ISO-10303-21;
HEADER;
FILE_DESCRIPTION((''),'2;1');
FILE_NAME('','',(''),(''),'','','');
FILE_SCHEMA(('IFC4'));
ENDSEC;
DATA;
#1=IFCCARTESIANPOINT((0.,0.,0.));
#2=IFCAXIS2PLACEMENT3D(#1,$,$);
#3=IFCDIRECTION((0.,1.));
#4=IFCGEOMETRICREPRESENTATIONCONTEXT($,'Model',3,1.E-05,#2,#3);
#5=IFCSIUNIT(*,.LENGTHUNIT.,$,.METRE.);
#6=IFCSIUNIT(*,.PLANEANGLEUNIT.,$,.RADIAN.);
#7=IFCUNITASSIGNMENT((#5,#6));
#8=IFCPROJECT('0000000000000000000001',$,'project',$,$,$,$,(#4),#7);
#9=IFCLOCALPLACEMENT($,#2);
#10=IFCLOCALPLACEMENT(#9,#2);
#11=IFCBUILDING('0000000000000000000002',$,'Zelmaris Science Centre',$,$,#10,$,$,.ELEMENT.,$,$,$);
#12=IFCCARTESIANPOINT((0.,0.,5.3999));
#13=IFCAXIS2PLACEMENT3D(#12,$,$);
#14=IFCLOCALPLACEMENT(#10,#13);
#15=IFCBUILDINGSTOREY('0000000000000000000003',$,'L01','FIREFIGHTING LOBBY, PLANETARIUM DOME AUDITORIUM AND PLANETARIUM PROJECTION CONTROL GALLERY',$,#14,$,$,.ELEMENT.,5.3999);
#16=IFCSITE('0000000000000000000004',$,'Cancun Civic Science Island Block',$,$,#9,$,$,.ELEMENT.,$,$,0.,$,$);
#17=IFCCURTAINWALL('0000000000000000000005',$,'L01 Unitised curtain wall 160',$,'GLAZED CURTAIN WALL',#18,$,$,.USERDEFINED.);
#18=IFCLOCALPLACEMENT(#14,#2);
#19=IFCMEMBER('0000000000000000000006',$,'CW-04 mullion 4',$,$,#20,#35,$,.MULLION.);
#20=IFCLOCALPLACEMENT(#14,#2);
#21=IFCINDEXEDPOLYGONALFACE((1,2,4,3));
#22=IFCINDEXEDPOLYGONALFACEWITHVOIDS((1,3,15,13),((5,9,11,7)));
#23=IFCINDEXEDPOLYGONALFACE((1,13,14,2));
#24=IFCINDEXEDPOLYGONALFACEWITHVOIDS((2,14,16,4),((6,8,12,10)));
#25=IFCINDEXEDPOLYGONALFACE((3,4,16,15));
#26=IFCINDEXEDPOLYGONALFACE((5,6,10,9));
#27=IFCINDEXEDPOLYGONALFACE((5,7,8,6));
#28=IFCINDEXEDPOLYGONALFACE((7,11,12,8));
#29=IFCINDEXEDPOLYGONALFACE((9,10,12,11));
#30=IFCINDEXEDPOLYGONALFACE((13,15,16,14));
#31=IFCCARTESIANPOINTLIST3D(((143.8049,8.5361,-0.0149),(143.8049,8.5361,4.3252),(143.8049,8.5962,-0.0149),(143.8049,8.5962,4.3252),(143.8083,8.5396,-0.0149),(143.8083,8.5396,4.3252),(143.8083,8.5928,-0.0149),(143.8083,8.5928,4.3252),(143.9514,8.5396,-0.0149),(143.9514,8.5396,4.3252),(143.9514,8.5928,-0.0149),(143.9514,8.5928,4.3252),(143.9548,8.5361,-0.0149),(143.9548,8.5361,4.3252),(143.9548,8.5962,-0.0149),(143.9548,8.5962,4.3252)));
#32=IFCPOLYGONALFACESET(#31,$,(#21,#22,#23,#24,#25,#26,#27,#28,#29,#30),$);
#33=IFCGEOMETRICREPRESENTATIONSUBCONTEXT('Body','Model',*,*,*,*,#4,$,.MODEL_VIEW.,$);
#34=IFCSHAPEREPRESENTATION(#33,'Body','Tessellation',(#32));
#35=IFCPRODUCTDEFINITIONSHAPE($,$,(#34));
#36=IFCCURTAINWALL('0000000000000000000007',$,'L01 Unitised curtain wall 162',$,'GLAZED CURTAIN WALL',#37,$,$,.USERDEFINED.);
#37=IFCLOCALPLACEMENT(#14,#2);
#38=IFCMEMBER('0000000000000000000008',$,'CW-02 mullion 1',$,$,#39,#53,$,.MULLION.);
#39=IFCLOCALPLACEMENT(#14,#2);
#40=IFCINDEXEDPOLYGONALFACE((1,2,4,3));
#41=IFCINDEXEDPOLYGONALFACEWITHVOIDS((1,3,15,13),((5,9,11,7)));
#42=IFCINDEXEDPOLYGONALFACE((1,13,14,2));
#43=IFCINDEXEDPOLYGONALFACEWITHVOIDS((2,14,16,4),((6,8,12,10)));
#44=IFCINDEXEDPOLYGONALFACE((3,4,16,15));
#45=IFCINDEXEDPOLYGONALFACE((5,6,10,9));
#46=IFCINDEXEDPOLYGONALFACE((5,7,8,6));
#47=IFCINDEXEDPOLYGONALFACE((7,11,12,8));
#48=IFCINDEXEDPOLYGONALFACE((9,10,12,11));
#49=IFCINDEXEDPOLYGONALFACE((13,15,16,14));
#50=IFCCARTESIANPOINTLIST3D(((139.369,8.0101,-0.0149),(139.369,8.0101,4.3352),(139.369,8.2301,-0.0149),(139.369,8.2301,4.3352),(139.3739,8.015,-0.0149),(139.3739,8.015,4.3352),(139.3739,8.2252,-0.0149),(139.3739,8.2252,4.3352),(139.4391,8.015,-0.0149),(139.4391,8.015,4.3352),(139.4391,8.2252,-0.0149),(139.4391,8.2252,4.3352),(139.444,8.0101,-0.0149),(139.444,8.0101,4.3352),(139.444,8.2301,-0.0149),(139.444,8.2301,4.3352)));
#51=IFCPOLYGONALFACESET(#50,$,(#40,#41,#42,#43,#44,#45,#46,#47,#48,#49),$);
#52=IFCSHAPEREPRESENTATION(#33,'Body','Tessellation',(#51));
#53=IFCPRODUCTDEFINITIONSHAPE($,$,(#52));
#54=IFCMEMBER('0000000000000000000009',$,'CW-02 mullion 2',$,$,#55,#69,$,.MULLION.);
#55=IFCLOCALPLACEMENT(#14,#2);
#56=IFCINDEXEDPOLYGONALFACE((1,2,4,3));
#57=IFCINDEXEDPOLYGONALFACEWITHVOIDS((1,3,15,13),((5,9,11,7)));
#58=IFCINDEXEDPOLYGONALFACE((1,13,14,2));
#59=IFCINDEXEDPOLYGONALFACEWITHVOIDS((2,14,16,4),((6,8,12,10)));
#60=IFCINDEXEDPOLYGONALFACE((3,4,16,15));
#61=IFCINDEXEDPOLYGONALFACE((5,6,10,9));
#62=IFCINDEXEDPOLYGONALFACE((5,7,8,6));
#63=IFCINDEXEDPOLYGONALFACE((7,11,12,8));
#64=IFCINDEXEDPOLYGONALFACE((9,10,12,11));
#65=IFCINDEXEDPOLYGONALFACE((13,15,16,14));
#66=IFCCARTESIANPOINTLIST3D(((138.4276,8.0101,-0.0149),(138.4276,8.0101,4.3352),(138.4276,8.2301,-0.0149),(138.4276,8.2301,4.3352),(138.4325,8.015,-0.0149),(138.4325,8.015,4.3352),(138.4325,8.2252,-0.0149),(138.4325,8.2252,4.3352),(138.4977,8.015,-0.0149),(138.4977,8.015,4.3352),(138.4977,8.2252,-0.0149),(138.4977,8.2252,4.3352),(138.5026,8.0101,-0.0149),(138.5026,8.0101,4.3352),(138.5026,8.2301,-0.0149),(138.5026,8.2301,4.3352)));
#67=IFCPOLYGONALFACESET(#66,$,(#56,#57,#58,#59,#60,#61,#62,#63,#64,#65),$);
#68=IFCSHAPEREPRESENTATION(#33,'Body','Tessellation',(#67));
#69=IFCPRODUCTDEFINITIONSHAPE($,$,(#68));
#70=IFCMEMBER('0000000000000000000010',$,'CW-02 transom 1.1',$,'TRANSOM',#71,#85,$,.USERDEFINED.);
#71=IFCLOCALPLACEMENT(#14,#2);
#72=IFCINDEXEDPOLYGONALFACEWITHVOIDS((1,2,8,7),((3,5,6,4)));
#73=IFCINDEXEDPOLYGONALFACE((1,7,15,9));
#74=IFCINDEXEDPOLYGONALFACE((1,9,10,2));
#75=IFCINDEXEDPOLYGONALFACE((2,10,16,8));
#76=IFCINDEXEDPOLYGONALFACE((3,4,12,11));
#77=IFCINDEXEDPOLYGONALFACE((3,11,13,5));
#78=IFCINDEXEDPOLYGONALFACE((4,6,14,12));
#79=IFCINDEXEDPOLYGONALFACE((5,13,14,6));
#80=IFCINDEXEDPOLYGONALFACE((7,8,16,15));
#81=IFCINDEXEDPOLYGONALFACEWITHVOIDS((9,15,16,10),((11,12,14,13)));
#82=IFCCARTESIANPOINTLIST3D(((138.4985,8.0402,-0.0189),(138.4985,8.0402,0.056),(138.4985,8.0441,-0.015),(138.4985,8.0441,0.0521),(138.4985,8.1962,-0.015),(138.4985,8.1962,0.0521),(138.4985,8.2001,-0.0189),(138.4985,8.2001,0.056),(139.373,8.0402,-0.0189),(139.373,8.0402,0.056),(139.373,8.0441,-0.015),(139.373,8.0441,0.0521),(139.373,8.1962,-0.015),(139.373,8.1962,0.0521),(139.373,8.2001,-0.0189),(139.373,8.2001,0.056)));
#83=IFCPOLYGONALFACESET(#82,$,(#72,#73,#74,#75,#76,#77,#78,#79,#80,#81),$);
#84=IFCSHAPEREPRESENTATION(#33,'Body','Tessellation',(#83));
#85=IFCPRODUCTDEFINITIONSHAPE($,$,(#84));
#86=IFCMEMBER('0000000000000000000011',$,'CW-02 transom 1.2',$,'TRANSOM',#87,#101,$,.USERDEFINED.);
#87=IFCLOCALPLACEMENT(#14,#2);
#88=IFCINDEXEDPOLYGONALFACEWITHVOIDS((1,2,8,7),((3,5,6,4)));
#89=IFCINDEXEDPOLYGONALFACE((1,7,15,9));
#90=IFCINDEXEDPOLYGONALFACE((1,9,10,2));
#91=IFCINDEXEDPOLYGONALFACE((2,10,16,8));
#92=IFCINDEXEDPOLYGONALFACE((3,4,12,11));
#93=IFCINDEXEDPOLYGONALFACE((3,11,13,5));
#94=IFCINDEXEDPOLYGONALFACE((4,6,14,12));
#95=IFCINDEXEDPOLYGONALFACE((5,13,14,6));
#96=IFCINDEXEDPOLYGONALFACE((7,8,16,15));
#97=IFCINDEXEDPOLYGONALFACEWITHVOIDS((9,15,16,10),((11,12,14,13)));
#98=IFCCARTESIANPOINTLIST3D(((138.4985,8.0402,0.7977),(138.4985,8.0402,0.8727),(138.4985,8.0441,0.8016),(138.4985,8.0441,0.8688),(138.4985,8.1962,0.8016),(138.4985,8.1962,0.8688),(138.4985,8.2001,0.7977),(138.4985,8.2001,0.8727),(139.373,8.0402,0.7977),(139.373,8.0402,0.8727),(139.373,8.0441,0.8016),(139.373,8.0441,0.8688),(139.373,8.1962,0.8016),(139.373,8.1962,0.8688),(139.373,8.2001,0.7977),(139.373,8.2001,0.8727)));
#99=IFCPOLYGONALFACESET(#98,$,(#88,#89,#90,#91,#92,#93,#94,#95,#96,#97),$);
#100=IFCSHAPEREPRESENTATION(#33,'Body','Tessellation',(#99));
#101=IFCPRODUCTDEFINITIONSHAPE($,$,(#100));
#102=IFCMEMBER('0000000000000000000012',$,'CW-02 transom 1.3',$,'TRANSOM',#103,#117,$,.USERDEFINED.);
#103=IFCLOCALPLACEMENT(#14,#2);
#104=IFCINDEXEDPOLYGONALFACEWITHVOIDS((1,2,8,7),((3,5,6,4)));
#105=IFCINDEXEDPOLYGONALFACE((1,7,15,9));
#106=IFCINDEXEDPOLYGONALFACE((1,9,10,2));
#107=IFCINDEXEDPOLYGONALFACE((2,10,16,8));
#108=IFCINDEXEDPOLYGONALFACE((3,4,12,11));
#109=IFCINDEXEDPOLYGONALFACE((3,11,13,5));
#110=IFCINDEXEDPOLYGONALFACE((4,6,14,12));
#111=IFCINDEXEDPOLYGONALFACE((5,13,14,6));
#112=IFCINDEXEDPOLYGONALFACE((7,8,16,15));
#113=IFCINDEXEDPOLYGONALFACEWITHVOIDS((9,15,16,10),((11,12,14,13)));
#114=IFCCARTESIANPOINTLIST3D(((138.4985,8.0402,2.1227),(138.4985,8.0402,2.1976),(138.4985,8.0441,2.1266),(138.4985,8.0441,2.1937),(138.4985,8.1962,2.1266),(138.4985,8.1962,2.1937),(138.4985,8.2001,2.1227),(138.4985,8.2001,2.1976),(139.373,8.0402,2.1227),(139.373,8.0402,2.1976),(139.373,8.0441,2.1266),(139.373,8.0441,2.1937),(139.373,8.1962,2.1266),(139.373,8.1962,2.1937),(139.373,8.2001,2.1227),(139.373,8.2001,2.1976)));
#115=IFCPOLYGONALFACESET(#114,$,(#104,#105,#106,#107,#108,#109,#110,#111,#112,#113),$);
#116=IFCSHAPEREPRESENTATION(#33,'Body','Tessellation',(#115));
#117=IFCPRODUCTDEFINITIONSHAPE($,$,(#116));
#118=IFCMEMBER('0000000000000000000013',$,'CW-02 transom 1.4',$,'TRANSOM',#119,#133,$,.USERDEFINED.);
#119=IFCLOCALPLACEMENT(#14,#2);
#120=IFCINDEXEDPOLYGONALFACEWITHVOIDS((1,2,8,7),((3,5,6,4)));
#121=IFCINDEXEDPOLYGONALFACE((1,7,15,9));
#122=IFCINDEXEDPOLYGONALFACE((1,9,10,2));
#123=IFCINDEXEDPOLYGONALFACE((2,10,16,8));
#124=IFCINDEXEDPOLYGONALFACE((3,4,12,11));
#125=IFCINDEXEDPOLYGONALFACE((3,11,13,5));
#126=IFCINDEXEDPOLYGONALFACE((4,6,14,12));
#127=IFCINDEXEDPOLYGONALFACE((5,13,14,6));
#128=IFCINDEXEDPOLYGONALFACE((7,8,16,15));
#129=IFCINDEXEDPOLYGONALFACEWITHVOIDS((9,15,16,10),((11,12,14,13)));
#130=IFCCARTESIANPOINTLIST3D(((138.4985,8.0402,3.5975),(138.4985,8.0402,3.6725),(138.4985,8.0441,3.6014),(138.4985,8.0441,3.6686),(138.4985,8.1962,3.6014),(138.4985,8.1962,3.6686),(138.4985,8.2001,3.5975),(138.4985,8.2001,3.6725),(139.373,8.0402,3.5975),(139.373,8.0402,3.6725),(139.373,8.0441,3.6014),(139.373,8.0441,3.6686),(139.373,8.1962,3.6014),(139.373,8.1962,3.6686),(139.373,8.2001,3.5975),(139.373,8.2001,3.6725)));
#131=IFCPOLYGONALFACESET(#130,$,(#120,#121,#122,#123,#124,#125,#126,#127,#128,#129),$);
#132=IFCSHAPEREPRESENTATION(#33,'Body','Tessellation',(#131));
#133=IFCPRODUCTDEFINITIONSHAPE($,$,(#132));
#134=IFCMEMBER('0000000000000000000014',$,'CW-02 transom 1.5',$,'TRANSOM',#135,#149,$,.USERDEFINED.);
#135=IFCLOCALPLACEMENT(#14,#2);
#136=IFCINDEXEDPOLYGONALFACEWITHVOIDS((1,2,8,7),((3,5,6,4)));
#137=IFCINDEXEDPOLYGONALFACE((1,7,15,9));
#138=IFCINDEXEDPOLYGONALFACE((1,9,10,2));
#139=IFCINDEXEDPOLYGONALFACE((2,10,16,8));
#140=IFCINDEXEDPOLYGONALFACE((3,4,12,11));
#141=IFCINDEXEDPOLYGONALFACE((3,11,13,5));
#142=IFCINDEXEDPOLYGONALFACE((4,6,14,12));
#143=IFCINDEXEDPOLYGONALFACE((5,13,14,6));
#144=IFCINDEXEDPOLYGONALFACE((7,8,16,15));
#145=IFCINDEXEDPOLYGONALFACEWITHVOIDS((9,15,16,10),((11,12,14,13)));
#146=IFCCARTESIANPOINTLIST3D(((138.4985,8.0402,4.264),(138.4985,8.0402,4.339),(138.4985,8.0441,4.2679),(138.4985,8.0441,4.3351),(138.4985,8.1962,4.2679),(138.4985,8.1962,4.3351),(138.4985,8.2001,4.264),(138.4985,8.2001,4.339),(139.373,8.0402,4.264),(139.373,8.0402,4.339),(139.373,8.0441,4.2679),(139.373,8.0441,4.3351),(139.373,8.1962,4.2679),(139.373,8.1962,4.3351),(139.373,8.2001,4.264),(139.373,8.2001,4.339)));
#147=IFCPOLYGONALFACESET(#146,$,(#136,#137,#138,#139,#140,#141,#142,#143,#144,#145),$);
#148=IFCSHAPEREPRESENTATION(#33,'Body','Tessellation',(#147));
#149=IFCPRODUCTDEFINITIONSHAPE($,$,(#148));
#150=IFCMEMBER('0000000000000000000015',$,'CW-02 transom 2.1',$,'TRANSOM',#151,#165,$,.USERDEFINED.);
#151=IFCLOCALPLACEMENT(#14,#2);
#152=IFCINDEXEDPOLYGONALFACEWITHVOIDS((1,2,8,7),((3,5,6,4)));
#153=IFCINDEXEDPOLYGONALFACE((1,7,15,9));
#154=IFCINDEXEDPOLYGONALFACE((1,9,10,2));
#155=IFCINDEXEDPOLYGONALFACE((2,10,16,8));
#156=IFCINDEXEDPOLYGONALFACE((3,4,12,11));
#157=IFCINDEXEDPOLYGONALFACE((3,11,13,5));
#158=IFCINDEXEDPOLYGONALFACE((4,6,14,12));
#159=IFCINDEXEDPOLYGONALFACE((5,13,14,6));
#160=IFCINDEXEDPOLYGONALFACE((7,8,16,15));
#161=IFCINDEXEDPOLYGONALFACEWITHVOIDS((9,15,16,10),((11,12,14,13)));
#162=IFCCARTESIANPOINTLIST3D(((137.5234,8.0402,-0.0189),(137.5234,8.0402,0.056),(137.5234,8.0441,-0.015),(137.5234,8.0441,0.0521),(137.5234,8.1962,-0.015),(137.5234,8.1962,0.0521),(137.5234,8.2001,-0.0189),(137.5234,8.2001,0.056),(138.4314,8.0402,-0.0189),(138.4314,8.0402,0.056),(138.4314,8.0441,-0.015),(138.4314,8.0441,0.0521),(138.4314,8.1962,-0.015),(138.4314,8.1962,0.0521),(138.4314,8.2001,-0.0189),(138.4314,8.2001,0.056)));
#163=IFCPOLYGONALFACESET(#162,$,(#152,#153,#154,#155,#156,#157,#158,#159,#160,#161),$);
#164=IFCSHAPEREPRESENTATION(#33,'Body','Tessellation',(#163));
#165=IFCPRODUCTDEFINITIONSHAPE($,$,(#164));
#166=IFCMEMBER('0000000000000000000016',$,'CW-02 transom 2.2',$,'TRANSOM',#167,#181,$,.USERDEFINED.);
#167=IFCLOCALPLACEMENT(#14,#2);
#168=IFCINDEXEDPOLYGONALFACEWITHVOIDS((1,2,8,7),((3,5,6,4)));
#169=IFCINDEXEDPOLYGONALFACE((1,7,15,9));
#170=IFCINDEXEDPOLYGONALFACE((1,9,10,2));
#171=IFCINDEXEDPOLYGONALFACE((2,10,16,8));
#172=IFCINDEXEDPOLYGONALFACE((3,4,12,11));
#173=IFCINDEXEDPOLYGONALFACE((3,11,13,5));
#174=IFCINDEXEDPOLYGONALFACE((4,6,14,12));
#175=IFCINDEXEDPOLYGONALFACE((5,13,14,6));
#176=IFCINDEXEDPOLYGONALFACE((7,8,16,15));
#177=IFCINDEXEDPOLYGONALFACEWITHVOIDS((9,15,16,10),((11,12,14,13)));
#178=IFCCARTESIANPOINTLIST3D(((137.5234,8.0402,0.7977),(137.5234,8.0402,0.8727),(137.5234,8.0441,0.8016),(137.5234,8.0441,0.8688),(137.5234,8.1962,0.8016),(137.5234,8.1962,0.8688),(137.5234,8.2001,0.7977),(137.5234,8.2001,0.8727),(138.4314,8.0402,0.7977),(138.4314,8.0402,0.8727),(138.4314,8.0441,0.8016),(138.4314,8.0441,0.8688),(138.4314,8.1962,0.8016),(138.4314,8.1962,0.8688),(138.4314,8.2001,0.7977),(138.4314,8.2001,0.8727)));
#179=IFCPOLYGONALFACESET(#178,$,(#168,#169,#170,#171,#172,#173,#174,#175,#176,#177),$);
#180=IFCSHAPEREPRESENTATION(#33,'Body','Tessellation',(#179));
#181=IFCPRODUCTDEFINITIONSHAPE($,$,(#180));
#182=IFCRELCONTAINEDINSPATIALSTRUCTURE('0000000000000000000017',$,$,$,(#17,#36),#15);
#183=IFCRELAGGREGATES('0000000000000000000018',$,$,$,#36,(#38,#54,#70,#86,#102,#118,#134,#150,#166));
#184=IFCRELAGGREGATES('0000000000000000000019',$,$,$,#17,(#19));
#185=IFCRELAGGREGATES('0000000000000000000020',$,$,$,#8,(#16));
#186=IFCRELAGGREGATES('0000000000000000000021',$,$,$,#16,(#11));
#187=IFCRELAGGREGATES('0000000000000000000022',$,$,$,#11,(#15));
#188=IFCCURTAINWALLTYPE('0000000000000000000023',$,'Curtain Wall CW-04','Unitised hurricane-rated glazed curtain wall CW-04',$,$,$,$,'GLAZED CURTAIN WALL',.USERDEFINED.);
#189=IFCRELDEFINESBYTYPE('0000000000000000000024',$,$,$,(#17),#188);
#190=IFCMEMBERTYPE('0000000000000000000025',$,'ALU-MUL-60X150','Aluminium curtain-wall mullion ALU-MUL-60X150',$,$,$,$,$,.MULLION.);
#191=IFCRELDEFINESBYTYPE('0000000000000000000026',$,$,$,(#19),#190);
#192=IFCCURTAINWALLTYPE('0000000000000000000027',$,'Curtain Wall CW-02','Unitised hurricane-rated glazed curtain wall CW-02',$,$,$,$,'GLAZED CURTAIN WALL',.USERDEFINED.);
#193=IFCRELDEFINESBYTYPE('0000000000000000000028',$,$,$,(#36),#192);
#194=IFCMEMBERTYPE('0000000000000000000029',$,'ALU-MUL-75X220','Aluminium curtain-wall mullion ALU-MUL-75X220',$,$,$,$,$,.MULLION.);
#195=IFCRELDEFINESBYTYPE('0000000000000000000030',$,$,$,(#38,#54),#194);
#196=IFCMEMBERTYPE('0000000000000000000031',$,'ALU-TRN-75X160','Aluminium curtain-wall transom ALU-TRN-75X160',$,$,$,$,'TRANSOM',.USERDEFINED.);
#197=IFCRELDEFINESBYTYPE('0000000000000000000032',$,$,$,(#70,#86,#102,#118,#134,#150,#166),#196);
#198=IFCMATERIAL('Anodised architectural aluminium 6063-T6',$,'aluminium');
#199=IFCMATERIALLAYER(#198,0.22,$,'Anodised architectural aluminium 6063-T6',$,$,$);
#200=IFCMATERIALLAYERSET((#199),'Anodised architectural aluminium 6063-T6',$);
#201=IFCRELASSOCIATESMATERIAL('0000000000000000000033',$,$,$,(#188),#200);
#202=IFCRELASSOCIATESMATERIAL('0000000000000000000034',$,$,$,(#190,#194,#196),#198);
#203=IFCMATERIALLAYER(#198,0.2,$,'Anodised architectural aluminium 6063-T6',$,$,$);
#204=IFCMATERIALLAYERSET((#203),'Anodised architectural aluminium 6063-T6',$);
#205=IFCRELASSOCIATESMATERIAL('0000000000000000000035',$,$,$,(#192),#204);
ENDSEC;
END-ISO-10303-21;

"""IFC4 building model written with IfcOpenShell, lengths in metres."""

from ifc_helpers import new_model, si_unit, direction, frame, origin, origin_2d, place, context, subcontext, project, spatial, hollow_rectangle, extrude, material, layer, layer_set, material_profile, profile_set, type_object, element, aggregate, save


model = new_model("IFC4")

# Units and contexts
model_context = context("Model", 3, precision=1e-05, world=origin(), true_north=direction((0.0, 1.0)))
body_context = subcontext(model_context, "Body", "Model", "MODEL_VIEW")
ifc_project = project(units=[si_unit("LENGTHUNIT", "METRE"), si_unit("PLANEANGLEUNIT", "RADIAN")], contexts=[model_context])

# Site, building, storey
site_placement = place(None, origin())
site = spatial("IfcSite", under=ifc_project, at=site_placement, Name="Cancun Civic Science Island Block", CompositionType="ELEMENT", RefElevation=0.0)
building_placement = place(site_placement, origin())
building = spatial("IfcBuilding", under=site, at=building_placement, Name="Zelmaris Science Centre", CompositionType="ELEMENT")
storey_placement = place(building_placement, frame((0.0, 0.0, 5.3999)))
storey = spatial("IfcBuildingStorey", under=building, at=storey_placement, Name="L01", Description="FIREFIGHTING LOBBY, PLANETARIUM DOME AUDITORIUM AND PLANETARIUM PROJECTION CONTROL GALLERY", CompositionType="ELEMENT", Elevation=5.3999)

# Curtain wall, member
ifc_material_1 = material(Name="Anodised architectural aluminium 6063-T6", Category="aluminium")
ifc_layer_1 = layer(ifc_material_1, 0.22, Name="Anodised architectural aluminium 6063-T6")
ifc_layer_set_1 = layer_set([ifc_layer_1], Name="Anodised architectural aluminium 6063-T6")
curtain_wall_type_1 = type_object("IfcCurtainWallType", Name="Curtain Wall CW-04", Description="Unitised hurricane-rated glazed curtain wall CW-04", ElementType="GLAZED CURTAIN WALL", PredefinedType="USERDEFINED", material=ifc_layer_set_1)
curtain_wall_1_placement = place(storey_placement, origin())
curtain_wall_1 = element("IfcCurtainWall", 1, at=curtain_wall_1_placement, inside=storey, type_object=curtain_wall_type_1, Name="L01 Unitised curtain wall 160", ObjectType="GLAZED CURTAIN WALL", PredefinedType="USERDEFINED")
ifc_material_profile_1 = material_profile(ifc_material_1, hollow_rectangle(XDim=0.0601, YDim=0.1499, WallThickness=0.0034, at=origin_2d()), Name="ALU-MUL-60X150")
ifc_profile_set_1 = profile_set([ifc_material_profile_1], Name="Anodised architectural aluminium 6063-T6")
member_type_1 = type_object("IfcMemberType", Name="ALU-MUL-60X150", Description="Aluminium curtain-wall mullion ALU-MUL-60X150", PredefinedType="MULLION", material=ifc_profile_set_1)
member_1_placement = place(storey_placement, frame((143.8799, 8.5662, -0.0149), z_axis=(0.0, 0.0, 1.0), x_axis=(0.0, -1.0, 0.0)))
member_1 = element("IfcMember", 2, at=member_1_placement, type_object=member_type_1, Name="CW-04 mullion 4", PredefinedType="MULLION", context=body_context, shape_type="SweptSolid", body=[
    extrude(hollow_rectangle(XDim=0.0601, YDim=0.1499, WallThickness=0.0034, at=origin_2d()), origin(), (0.0, 0.0, 1.0), 4.3401),
])

# Curtain wall, members
ifc_layer_2 = layer(ifc_material_1, 0.2, Name="Anodised architectural aluminium 6063-T6")
ifc_layer_set_2 = layer_set([ifc_layer_2], Name="Anodised architectural aluminium 6063-T6")
curtain_wall_type_2 = type_object("IfcCurtainWallType", Name="Curtain Wall CW-02", Description="Unitised hurricane-rated glazed curtain wall CW-02", ElementType="GLAZED CURTAIN WALL", PredefinedType="USERDEFINED", material=ifc_layer_set_2)
curtain_wall_2_placement = place(storey_placement, origin())
curtain_wall_2 = element("IfcCurtainWall", 3, at=curtain_wall_2_placement, inside=storey, type_object=curtain_wall_type_2, Name="L01 Unitised curtain wall 162", ObjectType="GLAZED CURTAIN WALL", PredefinedType="USERDEFINED")
ifc_material_profile_2 = material_profile(ifc_material_1, hollow_rectangle(XDim=0.075, YDim=0.22, WallThickness=0.0049, at=origin_2d()), Name="ALU-MUL-75X220")
ifc_profile_set_2 = profile_set([ifc_material_profile_2], Name="Anodised architectural aluminium 6063-T6")
member_type_2 = type_object("IfcMemberType", Name="ALU-MUL-75X220", Description="Aluminium curtain-wall mullion ALU-MUL-75X220", PredefinedType="MULLION", material=ifc_profile_set_2)
member_2_placement = place(storey_placement, frame((139.4065, 8.1201, -0.0149), z_axis=(0.0, 0.0, 1.0), x_axis=(-1.0, 0.0, 0.0)))
member_2 = element("IfcMember", 4, at=member_2_placement, type_object=member_type_2, Name="CW-02 mullion 1", PredefinedType="MULLION", context=body_context, shape_type="SweptSolid", body=[
    extrude(hollow_rectangle(XDim=0.075, YDim=0.22, WallThickness=0.0049, at=origin_2d()), origin(), (0.0, 0.0, 1.0), 4.3501),
])
member_3_placement = place(storey_placement, frame((138.4651, 8.1201, -0.0149), z_axis=(0.0, 0.0, 1.0), x_axis=(-1.0, 0.0, 0.0)))
member_3 = element("IfcMember", 5, at=member_3_placement, type_object=member_type_2, Name="CW-02 mullion 2", PredefinedType="MULLION", context=body_context, shape_type="SweptSolid", body=[
    extrude(hollow_rectangle(XDim=0.075, YDim=0.22, WallThickness=0.0049, at=origin_2d()), origin(), (0.0, 0.0, 1.0), 4.3501),
])
ifc_material_profile_3 = material_profile(ifc_material_1, hollow_rectangle(XDim=0.075, YDim=0.1599, WallThickness=0.0039, at=origin_2d()), Name="ALU-TRN-75X160")
ifc_profile_set_3 = profile_set([ifc_material_profile_3], Name="Anodised architectural aluminium 6063-T6")
member_type_3 = type_object("IfcMemberType", Name="ALU-TRN-75X160", Description="Aluminium curtain-wall transom ALU-TRN-75X160", ElementType="TRANSOM", PredefinedType="USERDEFINED", material=ifc_profile_set_3)
member_4_placement = place(storey_placement, frame((139.373, 8.1201, 0.0186), z_axis=(-1.0, 0.0, 0.0), x_axis=(0.0, 0.0, 1.0)))
member_4 = element("IfcMember", 6, at=member_4_placement, type_object=member_type_3, Name="CW-02 transom 1.1", ObjectType="TRANSOM", PredefinedType="USERDEFINED", context=body_context, shape_type="SweptSolid", body=[
    extrude(hollow_rectangle(XDim=0.075, YDim=0.1599, WallThickness=0.0039, at=origin_2d()), origin(), (0.0, 0.0, 1.0), 0.8745),
])
member_5_placement = place(storey_placement, frame((139.373, 8.1201, 0.8352), z_axis=(-1.0, 0.0, 0.0), x_axis=(0.0, 0.0, 1.0)))
member_5 = element("IfcMember", 7, at=member_5_placement, type_object=member_type_3, Name="CW-02 transom 1.2", ObjectType="TRANSOM", PredefinedType="USERDEFINED", context=body_context, shape_type="SweptSolid", body=[
    extrude(hollow_rectangle(XDim=0.075, YDim=0.1599, WallThickness=0.0039, at=origin_2d()), origin(), (0.0, 0.0, 1.0), 0.8745),
])
member_6_placement = place(storey_placement, frame((139.373, 8.1201, 2.1602), z_axis=(-1.0, 0.0, 0.0), x_axis=(0.0, 0.0, 1.0)))
member_6 = element("IfcMember", 8, at=member_6_placement, type_object=member_type_3, Name="CW-02 transom 1.3", ObjectType="TRANSOM", PredefinedType="USERDEFINED", context=body_context, shape_type="SweptSolid", body=[
    extrude(hollow_rectangle(XDim=0.075, YDim=0.1599, WallThickness=0.0039, at=origin_2d()), origin(), (0.0, 0.0, 1.0), 0.8745),
])
member_7_placement = place(storey_placement, frame((139.373, 8.1201, 3.635), z_axis=(-1.0, 0.0, 0.0), x_axis=(0.0, 0.0, 1.0)))
member_7 = element("IfcMember", 9, at=member_7_placement, type_object=member_type_3, Name="CW-02 transom 1.4", ObjectType="TRANSOM", PredefinedType="USERDEFINED", context=body_context, shape_type="SweptSolid", body=[
    extrude(hollow_rectangle(XDim=0.075, YDim=0.1599, WallThickness=0.0039, at=origin_2d()), origin(), (0.0, 0.0, 1.0), 0.8745),
])
member_8_placement = place(storey_placement, frame((139.373, 8.1201, 4.3015), z_axis=(-1.0, 0.0, 0.0), x_axis=(0.0, 0.0, 1.0)))
member_8 = element("IfcMember", 10, at=member_8_placement, type_object=member_type_3, Name="CW-02 transom 1.5", ObjectType="TRANSOM", PredefinedType="USERDEFINED", context=body_context, shape_type="SweptSolid", body=[
    extrude(hollow_rectangle(XDim=0.075, YDim=0.1599, WallThickness=0.0039, at=origin_2d()), origin(), (0.0, 0.0, 1.0), 0.8745),
])
member_9_placement = place(storey_placement, frame((138.4314, 8.1201, 0.0186), z_axis=(-1.0, 0.0, 0.0), x_axis=(0.0, 0.0, 1.0)))
member_9 = element("IfcMember", 11, at=member_9_placement, type_object=member_type_3, Name="CW-02 transom 2.1", ObjectType="TRANSOM", PredefinedType="USERDEFINED", context=body_context, shape_type="SweptSolid", body=[
    extrude(hollow_rectangle(XDim=0.075, YDim=0.1599, WallThickness=0.0039, at=origin_2d()), origin(), (0.0, 0.0, 1.0), 0.908),
])
member_10_placement = place(storey_placement, frame((138.4314, 8.1201, 0.8352), z_axis=(-1.0, 0.0, 0.0), x_axis=(0.0, 0.0, 1.0)))
member_10 = element("IfcMember", 12, at=member_10_placement, type_object=member_type_3, Name="CW-02 transom 2.2", ObjectType="TRANSOM", PredefinedType="USERDEFINED", context=body_context, shape_type="SweptSolid", body=[
    extrude(hollow_rectangle(XDim=0.075, YDim=0.1599, WallThickness=0.0039, at=origin_2d()), origin(), (0.0, 0.0, 1.0), 0.908),
])
aggregate(curtain_wall_2, [member_2, member_3, member_4, member_5, member_6, member_7, member_8, member_9, member_10])

aggregate(curtain_wall_1, [member_1])

save(model, "model.ifc")
